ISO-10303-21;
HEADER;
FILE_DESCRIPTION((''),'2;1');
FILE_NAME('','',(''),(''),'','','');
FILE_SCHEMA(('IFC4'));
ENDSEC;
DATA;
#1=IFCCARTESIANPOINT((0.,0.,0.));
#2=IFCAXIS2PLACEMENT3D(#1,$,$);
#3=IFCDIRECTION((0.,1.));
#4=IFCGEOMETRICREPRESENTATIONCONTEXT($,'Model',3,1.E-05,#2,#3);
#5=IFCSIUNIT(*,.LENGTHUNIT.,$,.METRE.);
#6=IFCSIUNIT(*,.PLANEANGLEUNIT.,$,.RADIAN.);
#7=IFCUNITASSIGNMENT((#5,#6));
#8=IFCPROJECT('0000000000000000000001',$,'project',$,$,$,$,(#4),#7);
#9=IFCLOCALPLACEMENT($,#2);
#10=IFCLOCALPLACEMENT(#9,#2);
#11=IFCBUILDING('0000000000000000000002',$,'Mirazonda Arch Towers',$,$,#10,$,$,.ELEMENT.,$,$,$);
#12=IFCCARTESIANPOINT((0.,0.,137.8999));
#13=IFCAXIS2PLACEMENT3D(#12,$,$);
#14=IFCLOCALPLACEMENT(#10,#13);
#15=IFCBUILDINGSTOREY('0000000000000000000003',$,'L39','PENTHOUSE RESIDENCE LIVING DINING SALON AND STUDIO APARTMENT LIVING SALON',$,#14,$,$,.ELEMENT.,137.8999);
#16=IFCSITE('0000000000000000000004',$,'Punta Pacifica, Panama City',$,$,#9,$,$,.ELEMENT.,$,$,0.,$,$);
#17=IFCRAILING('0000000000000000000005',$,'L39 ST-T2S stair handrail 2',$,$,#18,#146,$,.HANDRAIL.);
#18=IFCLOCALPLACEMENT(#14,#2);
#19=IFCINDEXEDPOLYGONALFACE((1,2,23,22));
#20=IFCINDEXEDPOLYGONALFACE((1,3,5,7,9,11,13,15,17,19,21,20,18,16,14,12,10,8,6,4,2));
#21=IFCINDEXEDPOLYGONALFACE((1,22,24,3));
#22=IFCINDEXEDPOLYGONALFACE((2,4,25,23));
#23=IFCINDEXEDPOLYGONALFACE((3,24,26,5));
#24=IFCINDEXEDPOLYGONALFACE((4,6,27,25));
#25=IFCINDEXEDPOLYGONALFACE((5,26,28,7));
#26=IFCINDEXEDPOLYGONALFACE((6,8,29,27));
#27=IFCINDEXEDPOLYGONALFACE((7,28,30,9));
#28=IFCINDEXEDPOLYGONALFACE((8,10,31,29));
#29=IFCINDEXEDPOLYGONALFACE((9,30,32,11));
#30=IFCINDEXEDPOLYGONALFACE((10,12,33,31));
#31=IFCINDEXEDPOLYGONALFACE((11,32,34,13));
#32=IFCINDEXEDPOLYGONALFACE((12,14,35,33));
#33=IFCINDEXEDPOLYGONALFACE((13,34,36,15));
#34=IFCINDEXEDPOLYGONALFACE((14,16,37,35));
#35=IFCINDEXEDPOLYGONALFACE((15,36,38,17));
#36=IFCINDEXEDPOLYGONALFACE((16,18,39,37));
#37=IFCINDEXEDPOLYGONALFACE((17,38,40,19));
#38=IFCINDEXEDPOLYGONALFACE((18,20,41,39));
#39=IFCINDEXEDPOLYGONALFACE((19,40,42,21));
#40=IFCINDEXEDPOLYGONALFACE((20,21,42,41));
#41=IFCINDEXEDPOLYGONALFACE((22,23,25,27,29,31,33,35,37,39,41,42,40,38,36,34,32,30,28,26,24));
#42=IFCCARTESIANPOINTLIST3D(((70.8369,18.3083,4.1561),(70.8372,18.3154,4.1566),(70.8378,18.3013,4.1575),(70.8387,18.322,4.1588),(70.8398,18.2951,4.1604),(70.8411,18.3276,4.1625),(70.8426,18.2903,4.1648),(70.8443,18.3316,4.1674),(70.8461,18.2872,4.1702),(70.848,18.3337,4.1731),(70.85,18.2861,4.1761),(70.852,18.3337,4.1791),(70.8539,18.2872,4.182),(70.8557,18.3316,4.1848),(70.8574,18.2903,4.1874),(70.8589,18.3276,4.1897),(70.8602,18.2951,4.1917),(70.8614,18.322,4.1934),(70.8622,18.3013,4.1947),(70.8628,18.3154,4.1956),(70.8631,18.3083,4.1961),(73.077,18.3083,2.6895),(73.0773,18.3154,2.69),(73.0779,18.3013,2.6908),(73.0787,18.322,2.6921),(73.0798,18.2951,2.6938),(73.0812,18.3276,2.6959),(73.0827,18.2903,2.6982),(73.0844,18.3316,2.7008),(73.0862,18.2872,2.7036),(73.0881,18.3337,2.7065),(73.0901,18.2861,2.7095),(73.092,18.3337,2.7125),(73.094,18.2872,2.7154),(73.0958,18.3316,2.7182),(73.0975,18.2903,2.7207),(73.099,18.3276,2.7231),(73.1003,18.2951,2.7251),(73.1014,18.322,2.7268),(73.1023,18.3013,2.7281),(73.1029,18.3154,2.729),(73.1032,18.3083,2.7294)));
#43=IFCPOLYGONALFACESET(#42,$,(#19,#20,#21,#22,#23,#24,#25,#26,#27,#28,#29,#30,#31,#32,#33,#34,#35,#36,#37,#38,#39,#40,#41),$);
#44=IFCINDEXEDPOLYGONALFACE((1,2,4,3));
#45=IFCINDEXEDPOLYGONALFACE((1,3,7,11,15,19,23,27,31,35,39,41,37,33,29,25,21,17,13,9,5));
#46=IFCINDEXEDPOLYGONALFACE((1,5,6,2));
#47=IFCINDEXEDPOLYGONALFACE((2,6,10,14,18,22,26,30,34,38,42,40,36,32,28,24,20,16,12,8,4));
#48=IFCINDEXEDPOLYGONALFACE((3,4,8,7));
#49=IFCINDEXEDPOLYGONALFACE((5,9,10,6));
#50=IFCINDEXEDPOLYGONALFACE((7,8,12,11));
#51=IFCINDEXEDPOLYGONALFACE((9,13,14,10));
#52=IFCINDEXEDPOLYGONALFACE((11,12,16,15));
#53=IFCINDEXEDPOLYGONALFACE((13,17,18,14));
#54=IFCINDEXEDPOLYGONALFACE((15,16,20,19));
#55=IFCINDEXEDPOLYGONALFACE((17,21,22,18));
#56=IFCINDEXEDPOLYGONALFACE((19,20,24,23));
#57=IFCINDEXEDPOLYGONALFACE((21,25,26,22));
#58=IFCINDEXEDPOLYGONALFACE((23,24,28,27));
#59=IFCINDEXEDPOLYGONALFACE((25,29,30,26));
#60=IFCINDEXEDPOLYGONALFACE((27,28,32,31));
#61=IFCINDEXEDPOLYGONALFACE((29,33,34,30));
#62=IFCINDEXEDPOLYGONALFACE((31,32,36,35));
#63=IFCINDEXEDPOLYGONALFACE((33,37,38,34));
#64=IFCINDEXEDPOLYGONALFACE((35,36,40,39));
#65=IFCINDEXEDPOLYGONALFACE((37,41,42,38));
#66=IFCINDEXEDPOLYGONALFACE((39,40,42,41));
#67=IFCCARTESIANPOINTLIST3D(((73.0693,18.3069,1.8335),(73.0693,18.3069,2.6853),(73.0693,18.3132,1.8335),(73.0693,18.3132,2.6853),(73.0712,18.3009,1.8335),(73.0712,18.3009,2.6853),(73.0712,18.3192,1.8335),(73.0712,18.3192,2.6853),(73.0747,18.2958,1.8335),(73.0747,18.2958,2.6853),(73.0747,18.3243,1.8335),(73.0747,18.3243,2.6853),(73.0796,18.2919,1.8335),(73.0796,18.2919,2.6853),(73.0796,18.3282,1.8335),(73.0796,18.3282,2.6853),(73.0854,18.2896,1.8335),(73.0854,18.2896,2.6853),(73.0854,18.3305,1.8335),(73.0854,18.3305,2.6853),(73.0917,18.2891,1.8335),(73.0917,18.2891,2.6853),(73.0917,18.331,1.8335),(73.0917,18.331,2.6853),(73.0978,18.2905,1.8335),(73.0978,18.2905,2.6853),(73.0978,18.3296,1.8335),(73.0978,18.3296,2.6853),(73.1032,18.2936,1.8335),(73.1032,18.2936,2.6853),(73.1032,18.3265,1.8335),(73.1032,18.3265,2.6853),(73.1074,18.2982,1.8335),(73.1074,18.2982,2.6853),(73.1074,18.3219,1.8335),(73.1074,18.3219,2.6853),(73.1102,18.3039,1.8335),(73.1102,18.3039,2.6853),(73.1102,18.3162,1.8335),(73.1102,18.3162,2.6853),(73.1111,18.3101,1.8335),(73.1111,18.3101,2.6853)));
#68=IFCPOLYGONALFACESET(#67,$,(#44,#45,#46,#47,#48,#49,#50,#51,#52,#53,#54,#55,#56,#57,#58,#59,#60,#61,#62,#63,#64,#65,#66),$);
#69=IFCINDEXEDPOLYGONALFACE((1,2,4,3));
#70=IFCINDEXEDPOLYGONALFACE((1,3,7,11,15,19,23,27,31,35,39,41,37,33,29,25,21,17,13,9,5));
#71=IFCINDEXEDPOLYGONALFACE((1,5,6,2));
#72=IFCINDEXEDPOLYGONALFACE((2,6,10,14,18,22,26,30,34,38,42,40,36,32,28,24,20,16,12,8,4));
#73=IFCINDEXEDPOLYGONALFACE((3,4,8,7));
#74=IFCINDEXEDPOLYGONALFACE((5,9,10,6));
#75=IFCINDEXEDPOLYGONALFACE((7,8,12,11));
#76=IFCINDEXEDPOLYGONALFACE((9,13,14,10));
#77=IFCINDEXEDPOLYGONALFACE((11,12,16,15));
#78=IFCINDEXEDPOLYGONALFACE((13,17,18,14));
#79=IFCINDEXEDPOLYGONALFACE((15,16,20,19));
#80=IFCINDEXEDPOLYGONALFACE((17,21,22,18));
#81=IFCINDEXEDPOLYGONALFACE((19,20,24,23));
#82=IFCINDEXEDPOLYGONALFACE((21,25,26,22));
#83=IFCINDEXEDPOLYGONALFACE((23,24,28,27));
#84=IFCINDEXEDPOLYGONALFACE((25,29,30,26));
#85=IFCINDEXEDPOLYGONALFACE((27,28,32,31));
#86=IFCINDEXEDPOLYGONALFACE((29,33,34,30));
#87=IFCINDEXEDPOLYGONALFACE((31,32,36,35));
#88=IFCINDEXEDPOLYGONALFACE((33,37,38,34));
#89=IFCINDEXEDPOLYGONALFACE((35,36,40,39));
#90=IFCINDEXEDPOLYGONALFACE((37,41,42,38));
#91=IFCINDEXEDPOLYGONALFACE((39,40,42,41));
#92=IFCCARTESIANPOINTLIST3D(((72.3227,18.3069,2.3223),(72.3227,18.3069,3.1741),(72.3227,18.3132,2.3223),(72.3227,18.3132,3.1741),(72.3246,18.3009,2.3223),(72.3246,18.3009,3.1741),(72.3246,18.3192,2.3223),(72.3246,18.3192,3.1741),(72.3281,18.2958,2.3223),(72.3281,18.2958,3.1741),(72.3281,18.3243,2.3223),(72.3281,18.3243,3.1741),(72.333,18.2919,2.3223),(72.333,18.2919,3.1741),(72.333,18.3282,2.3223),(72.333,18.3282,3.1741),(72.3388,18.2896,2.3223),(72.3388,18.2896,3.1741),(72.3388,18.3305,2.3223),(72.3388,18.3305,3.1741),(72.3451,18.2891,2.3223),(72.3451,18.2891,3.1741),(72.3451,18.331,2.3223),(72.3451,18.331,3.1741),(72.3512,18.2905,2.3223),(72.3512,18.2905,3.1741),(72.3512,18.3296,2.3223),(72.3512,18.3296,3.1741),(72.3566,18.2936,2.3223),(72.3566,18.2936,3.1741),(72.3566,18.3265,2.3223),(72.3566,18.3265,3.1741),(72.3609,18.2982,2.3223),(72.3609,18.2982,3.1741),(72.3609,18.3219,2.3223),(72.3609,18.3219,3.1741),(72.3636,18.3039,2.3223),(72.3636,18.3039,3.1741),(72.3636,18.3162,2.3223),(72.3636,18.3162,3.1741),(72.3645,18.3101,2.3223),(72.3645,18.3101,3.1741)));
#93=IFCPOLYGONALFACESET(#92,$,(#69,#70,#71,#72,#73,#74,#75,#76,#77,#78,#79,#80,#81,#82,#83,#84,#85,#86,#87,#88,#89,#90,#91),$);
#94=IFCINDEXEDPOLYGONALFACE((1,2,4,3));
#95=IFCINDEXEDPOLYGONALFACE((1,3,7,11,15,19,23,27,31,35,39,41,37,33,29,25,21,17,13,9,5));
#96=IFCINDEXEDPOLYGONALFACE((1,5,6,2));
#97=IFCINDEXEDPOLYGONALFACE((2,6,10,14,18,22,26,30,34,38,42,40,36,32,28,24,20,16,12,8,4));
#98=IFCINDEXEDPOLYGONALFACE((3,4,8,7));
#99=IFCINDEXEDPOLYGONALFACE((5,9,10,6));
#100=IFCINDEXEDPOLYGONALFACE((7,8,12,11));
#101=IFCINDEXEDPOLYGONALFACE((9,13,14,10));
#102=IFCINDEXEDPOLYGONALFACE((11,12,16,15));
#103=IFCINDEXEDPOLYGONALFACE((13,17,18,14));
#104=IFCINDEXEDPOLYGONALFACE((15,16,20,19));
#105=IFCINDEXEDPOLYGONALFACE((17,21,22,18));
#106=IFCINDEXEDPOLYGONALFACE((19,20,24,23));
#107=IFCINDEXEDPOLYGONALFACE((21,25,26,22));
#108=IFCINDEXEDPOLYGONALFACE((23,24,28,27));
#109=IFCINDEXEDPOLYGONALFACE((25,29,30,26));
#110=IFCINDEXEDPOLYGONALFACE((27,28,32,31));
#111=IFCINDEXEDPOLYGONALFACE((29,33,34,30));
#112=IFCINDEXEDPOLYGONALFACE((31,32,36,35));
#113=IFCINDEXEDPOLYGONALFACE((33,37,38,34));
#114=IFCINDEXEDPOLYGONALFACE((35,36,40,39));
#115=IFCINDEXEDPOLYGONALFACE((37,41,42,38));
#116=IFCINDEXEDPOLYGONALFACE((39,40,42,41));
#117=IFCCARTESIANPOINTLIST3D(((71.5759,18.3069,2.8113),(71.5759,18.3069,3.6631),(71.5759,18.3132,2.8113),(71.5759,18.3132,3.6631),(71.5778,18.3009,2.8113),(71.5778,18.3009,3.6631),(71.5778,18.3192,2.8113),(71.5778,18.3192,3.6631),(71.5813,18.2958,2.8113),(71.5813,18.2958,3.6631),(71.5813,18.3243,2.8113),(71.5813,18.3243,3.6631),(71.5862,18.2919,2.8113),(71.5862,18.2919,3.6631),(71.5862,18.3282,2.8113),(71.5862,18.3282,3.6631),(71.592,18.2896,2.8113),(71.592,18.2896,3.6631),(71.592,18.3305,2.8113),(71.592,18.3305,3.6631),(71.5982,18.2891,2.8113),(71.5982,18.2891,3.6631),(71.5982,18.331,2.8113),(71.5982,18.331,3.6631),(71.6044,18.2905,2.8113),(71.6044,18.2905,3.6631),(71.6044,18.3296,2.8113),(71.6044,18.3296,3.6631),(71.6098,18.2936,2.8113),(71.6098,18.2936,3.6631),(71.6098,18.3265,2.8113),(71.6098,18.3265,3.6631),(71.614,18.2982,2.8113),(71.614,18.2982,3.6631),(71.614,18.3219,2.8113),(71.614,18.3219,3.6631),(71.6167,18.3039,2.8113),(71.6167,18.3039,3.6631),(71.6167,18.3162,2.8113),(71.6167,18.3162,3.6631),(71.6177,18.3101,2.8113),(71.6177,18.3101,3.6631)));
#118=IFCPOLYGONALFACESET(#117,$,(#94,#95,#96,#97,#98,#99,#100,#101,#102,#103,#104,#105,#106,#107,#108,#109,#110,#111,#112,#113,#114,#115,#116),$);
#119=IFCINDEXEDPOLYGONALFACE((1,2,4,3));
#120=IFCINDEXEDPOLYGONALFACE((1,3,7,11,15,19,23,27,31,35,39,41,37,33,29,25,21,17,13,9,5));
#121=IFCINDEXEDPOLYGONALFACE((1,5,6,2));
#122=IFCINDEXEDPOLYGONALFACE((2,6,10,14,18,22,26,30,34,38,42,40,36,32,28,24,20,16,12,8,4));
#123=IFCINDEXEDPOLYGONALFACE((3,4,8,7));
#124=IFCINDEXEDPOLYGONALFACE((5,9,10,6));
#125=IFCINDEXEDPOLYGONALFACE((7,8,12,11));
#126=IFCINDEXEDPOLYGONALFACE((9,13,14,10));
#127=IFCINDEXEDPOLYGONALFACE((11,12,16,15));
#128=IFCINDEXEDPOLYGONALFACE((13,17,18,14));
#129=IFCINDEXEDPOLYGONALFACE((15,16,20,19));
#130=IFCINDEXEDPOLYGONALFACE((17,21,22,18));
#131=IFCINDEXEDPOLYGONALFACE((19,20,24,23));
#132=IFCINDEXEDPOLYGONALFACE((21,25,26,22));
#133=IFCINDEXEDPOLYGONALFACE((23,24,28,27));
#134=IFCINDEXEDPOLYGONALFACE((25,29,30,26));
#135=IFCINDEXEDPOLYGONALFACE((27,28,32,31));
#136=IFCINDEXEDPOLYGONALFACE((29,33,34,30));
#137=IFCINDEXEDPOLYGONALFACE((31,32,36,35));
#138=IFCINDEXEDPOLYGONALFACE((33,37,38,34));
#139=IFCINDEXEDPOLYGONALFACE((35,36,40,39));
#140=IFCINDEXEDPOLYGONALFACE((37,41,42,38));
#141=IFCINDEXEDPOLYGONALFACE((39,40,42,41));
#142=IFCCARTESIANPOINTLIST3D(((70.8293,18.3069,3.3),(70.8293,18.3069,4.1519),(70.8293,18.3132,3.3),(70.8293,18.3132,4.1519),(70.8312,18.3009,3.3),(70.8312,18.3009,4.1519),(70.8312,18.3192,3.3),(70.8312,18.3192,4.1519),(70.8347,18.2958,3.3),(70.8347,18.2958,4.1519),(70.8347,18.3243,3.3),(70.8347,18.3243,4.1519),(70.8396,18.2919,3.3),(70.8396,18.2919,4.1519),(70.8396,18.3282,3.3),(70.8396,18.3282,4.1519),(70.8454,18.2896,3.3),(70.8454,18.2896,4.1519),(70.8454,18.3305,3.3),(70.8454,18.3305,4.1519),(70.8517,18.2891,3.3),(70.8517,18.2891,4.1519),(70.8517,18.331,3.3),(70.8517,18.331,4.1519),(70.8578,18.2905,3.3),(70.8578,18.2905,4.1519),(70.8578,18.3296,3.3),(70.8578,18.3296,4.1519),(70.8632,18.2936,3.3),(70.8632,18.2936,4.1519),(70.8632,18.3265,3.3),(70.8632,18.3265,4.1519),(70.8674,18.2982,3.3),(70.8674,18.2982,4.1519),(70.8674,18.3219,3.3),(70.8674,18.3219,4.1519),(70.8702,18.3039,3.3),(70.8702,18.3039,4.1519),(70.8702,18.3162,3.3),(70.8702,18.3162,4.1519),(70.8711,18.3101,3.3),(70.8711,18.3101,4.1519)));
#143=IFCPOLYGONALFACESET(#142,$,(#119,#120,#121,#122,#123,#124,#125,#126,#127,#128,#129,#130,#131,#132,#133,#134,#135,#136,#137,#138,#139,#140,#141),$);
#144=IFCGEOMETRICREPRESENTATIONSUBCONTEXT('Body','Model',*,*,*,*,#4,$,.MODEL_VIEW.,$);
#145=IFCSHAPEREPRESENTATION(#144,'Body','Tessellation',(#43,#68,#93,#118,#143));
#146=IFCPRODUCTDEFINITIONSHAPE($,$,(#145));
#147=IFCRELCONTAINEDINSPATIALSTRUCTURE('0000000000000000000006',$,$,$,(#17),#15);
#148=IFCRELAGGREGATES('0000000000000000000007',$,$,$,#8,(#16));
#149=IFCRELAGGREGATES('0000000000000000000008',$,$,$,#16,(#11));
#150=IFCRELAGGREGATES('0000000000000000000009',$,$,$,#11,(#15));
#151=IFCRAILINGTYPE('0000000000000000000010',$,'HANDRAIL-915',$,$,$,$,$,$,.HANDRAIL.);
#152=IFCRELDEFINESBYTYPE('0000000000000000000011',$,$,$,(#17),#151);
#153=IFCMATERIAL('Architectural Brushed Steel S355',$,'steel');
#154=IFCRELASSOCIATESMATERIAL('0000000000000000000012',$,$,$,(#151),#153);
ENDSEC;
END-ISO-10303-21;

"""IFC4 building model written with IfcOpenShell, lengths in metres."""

from ifc_helpers import new_model, si_unit, direction, frame, origin, origin_2d, place, context, subcontext, project, spatial, circle, extrude, material, type_object, element, save


model = new_model("IFC4")

# Units and contexts
model_context = context("Model", 3, precision=1e-05, world=origin(), true_north=direction((0.0, 1.0)))
body_context = subcontext(model_context, "Body", "Model", "MODEL_VIEW")
ifc_project = project(units=[si_unit("LENGTHUNIT", "METRE"), si_unit("PLANEANGLEUNIT", "RADIAN")], contexts=[model_context])

# Site, building, storey
site_placement = place(None, origin())
site = spatial("IfcSite", under=ifc_project, at=site_placement, Name="Punta Pacifica, Panama City", CompositionType="ELEMENT", RefElevation=0.0)
building_placement = place(site_placement, origin())
building = spatial("IfcBuilding", under=site, at=building_placement, Name="Mirazonda Arch Towers", CompositionType="ELEMENT")
storey_placement = place(building_placement, frame((0.0, 0.0, 137.8999)))
storey = spatial("IfcBuildingStorey", under=building, at=storey_placement, Name="L39", Description="PENTHOUSE RESIDENCE LIVING DINING SALON AND STUDIO APARTMENT LIVING SALON", CompositionType="ELEMENT", Elevation=137.8999)

# Railing
ifc_material_1 = material(Name="Architectural Brushed Steel S355", Category="steel")
railing_type_1 = type_object("IfcRailingType", Name="HANDRAIL-915", PredefinedType="HANDRAIL", material=ifc_material_1)
railing_1_placement = place(storey_placement, frame((73.0901, 18.3101, 1.8335)))
element("IfcRailing", 1, at=railing_1_placement, inside=storey, type_object=railing_type_1, Name="L39 ST-T2S stair handrail 2", PredefinedType="HANDRAIL", context=body_context, shape_type="SweptSolid", body=[
    extrude(circle(Radius=0.0239, at=origin_2d()), frame((0.0, 0.0, 0.876), z_axis=(-0.836637, 0.0, 0.547758), x_axis=(0.0, -1.0, 0.0)), (0.0, 0.0, 1.0), 2.6775),
    extrude(circle(Radius=0.021, at=origin_2d()), origin(), (0.0, 0.0, 1.0), 0.8518),
    extrude(circle(Radius=0.021, at=origin_2d()), frame((-0.7466, 0.0, 0.4888)), (0.0, 0.0, 1.0), 0.8518),
    extrude(circle(Radius=0.021, at=origin_2d()), frame((-1.4934, 0.0, 0.9778)), (0.0, 0.0, 1.0), 0.8518),
    extrude(circle(Radius=0.021, at=origin_2d()), frame((-2.24, 0.0, 1.4666)), (0.0, 0.0, 1.0), 0.8518),
])

save(model, "model.ifc")
